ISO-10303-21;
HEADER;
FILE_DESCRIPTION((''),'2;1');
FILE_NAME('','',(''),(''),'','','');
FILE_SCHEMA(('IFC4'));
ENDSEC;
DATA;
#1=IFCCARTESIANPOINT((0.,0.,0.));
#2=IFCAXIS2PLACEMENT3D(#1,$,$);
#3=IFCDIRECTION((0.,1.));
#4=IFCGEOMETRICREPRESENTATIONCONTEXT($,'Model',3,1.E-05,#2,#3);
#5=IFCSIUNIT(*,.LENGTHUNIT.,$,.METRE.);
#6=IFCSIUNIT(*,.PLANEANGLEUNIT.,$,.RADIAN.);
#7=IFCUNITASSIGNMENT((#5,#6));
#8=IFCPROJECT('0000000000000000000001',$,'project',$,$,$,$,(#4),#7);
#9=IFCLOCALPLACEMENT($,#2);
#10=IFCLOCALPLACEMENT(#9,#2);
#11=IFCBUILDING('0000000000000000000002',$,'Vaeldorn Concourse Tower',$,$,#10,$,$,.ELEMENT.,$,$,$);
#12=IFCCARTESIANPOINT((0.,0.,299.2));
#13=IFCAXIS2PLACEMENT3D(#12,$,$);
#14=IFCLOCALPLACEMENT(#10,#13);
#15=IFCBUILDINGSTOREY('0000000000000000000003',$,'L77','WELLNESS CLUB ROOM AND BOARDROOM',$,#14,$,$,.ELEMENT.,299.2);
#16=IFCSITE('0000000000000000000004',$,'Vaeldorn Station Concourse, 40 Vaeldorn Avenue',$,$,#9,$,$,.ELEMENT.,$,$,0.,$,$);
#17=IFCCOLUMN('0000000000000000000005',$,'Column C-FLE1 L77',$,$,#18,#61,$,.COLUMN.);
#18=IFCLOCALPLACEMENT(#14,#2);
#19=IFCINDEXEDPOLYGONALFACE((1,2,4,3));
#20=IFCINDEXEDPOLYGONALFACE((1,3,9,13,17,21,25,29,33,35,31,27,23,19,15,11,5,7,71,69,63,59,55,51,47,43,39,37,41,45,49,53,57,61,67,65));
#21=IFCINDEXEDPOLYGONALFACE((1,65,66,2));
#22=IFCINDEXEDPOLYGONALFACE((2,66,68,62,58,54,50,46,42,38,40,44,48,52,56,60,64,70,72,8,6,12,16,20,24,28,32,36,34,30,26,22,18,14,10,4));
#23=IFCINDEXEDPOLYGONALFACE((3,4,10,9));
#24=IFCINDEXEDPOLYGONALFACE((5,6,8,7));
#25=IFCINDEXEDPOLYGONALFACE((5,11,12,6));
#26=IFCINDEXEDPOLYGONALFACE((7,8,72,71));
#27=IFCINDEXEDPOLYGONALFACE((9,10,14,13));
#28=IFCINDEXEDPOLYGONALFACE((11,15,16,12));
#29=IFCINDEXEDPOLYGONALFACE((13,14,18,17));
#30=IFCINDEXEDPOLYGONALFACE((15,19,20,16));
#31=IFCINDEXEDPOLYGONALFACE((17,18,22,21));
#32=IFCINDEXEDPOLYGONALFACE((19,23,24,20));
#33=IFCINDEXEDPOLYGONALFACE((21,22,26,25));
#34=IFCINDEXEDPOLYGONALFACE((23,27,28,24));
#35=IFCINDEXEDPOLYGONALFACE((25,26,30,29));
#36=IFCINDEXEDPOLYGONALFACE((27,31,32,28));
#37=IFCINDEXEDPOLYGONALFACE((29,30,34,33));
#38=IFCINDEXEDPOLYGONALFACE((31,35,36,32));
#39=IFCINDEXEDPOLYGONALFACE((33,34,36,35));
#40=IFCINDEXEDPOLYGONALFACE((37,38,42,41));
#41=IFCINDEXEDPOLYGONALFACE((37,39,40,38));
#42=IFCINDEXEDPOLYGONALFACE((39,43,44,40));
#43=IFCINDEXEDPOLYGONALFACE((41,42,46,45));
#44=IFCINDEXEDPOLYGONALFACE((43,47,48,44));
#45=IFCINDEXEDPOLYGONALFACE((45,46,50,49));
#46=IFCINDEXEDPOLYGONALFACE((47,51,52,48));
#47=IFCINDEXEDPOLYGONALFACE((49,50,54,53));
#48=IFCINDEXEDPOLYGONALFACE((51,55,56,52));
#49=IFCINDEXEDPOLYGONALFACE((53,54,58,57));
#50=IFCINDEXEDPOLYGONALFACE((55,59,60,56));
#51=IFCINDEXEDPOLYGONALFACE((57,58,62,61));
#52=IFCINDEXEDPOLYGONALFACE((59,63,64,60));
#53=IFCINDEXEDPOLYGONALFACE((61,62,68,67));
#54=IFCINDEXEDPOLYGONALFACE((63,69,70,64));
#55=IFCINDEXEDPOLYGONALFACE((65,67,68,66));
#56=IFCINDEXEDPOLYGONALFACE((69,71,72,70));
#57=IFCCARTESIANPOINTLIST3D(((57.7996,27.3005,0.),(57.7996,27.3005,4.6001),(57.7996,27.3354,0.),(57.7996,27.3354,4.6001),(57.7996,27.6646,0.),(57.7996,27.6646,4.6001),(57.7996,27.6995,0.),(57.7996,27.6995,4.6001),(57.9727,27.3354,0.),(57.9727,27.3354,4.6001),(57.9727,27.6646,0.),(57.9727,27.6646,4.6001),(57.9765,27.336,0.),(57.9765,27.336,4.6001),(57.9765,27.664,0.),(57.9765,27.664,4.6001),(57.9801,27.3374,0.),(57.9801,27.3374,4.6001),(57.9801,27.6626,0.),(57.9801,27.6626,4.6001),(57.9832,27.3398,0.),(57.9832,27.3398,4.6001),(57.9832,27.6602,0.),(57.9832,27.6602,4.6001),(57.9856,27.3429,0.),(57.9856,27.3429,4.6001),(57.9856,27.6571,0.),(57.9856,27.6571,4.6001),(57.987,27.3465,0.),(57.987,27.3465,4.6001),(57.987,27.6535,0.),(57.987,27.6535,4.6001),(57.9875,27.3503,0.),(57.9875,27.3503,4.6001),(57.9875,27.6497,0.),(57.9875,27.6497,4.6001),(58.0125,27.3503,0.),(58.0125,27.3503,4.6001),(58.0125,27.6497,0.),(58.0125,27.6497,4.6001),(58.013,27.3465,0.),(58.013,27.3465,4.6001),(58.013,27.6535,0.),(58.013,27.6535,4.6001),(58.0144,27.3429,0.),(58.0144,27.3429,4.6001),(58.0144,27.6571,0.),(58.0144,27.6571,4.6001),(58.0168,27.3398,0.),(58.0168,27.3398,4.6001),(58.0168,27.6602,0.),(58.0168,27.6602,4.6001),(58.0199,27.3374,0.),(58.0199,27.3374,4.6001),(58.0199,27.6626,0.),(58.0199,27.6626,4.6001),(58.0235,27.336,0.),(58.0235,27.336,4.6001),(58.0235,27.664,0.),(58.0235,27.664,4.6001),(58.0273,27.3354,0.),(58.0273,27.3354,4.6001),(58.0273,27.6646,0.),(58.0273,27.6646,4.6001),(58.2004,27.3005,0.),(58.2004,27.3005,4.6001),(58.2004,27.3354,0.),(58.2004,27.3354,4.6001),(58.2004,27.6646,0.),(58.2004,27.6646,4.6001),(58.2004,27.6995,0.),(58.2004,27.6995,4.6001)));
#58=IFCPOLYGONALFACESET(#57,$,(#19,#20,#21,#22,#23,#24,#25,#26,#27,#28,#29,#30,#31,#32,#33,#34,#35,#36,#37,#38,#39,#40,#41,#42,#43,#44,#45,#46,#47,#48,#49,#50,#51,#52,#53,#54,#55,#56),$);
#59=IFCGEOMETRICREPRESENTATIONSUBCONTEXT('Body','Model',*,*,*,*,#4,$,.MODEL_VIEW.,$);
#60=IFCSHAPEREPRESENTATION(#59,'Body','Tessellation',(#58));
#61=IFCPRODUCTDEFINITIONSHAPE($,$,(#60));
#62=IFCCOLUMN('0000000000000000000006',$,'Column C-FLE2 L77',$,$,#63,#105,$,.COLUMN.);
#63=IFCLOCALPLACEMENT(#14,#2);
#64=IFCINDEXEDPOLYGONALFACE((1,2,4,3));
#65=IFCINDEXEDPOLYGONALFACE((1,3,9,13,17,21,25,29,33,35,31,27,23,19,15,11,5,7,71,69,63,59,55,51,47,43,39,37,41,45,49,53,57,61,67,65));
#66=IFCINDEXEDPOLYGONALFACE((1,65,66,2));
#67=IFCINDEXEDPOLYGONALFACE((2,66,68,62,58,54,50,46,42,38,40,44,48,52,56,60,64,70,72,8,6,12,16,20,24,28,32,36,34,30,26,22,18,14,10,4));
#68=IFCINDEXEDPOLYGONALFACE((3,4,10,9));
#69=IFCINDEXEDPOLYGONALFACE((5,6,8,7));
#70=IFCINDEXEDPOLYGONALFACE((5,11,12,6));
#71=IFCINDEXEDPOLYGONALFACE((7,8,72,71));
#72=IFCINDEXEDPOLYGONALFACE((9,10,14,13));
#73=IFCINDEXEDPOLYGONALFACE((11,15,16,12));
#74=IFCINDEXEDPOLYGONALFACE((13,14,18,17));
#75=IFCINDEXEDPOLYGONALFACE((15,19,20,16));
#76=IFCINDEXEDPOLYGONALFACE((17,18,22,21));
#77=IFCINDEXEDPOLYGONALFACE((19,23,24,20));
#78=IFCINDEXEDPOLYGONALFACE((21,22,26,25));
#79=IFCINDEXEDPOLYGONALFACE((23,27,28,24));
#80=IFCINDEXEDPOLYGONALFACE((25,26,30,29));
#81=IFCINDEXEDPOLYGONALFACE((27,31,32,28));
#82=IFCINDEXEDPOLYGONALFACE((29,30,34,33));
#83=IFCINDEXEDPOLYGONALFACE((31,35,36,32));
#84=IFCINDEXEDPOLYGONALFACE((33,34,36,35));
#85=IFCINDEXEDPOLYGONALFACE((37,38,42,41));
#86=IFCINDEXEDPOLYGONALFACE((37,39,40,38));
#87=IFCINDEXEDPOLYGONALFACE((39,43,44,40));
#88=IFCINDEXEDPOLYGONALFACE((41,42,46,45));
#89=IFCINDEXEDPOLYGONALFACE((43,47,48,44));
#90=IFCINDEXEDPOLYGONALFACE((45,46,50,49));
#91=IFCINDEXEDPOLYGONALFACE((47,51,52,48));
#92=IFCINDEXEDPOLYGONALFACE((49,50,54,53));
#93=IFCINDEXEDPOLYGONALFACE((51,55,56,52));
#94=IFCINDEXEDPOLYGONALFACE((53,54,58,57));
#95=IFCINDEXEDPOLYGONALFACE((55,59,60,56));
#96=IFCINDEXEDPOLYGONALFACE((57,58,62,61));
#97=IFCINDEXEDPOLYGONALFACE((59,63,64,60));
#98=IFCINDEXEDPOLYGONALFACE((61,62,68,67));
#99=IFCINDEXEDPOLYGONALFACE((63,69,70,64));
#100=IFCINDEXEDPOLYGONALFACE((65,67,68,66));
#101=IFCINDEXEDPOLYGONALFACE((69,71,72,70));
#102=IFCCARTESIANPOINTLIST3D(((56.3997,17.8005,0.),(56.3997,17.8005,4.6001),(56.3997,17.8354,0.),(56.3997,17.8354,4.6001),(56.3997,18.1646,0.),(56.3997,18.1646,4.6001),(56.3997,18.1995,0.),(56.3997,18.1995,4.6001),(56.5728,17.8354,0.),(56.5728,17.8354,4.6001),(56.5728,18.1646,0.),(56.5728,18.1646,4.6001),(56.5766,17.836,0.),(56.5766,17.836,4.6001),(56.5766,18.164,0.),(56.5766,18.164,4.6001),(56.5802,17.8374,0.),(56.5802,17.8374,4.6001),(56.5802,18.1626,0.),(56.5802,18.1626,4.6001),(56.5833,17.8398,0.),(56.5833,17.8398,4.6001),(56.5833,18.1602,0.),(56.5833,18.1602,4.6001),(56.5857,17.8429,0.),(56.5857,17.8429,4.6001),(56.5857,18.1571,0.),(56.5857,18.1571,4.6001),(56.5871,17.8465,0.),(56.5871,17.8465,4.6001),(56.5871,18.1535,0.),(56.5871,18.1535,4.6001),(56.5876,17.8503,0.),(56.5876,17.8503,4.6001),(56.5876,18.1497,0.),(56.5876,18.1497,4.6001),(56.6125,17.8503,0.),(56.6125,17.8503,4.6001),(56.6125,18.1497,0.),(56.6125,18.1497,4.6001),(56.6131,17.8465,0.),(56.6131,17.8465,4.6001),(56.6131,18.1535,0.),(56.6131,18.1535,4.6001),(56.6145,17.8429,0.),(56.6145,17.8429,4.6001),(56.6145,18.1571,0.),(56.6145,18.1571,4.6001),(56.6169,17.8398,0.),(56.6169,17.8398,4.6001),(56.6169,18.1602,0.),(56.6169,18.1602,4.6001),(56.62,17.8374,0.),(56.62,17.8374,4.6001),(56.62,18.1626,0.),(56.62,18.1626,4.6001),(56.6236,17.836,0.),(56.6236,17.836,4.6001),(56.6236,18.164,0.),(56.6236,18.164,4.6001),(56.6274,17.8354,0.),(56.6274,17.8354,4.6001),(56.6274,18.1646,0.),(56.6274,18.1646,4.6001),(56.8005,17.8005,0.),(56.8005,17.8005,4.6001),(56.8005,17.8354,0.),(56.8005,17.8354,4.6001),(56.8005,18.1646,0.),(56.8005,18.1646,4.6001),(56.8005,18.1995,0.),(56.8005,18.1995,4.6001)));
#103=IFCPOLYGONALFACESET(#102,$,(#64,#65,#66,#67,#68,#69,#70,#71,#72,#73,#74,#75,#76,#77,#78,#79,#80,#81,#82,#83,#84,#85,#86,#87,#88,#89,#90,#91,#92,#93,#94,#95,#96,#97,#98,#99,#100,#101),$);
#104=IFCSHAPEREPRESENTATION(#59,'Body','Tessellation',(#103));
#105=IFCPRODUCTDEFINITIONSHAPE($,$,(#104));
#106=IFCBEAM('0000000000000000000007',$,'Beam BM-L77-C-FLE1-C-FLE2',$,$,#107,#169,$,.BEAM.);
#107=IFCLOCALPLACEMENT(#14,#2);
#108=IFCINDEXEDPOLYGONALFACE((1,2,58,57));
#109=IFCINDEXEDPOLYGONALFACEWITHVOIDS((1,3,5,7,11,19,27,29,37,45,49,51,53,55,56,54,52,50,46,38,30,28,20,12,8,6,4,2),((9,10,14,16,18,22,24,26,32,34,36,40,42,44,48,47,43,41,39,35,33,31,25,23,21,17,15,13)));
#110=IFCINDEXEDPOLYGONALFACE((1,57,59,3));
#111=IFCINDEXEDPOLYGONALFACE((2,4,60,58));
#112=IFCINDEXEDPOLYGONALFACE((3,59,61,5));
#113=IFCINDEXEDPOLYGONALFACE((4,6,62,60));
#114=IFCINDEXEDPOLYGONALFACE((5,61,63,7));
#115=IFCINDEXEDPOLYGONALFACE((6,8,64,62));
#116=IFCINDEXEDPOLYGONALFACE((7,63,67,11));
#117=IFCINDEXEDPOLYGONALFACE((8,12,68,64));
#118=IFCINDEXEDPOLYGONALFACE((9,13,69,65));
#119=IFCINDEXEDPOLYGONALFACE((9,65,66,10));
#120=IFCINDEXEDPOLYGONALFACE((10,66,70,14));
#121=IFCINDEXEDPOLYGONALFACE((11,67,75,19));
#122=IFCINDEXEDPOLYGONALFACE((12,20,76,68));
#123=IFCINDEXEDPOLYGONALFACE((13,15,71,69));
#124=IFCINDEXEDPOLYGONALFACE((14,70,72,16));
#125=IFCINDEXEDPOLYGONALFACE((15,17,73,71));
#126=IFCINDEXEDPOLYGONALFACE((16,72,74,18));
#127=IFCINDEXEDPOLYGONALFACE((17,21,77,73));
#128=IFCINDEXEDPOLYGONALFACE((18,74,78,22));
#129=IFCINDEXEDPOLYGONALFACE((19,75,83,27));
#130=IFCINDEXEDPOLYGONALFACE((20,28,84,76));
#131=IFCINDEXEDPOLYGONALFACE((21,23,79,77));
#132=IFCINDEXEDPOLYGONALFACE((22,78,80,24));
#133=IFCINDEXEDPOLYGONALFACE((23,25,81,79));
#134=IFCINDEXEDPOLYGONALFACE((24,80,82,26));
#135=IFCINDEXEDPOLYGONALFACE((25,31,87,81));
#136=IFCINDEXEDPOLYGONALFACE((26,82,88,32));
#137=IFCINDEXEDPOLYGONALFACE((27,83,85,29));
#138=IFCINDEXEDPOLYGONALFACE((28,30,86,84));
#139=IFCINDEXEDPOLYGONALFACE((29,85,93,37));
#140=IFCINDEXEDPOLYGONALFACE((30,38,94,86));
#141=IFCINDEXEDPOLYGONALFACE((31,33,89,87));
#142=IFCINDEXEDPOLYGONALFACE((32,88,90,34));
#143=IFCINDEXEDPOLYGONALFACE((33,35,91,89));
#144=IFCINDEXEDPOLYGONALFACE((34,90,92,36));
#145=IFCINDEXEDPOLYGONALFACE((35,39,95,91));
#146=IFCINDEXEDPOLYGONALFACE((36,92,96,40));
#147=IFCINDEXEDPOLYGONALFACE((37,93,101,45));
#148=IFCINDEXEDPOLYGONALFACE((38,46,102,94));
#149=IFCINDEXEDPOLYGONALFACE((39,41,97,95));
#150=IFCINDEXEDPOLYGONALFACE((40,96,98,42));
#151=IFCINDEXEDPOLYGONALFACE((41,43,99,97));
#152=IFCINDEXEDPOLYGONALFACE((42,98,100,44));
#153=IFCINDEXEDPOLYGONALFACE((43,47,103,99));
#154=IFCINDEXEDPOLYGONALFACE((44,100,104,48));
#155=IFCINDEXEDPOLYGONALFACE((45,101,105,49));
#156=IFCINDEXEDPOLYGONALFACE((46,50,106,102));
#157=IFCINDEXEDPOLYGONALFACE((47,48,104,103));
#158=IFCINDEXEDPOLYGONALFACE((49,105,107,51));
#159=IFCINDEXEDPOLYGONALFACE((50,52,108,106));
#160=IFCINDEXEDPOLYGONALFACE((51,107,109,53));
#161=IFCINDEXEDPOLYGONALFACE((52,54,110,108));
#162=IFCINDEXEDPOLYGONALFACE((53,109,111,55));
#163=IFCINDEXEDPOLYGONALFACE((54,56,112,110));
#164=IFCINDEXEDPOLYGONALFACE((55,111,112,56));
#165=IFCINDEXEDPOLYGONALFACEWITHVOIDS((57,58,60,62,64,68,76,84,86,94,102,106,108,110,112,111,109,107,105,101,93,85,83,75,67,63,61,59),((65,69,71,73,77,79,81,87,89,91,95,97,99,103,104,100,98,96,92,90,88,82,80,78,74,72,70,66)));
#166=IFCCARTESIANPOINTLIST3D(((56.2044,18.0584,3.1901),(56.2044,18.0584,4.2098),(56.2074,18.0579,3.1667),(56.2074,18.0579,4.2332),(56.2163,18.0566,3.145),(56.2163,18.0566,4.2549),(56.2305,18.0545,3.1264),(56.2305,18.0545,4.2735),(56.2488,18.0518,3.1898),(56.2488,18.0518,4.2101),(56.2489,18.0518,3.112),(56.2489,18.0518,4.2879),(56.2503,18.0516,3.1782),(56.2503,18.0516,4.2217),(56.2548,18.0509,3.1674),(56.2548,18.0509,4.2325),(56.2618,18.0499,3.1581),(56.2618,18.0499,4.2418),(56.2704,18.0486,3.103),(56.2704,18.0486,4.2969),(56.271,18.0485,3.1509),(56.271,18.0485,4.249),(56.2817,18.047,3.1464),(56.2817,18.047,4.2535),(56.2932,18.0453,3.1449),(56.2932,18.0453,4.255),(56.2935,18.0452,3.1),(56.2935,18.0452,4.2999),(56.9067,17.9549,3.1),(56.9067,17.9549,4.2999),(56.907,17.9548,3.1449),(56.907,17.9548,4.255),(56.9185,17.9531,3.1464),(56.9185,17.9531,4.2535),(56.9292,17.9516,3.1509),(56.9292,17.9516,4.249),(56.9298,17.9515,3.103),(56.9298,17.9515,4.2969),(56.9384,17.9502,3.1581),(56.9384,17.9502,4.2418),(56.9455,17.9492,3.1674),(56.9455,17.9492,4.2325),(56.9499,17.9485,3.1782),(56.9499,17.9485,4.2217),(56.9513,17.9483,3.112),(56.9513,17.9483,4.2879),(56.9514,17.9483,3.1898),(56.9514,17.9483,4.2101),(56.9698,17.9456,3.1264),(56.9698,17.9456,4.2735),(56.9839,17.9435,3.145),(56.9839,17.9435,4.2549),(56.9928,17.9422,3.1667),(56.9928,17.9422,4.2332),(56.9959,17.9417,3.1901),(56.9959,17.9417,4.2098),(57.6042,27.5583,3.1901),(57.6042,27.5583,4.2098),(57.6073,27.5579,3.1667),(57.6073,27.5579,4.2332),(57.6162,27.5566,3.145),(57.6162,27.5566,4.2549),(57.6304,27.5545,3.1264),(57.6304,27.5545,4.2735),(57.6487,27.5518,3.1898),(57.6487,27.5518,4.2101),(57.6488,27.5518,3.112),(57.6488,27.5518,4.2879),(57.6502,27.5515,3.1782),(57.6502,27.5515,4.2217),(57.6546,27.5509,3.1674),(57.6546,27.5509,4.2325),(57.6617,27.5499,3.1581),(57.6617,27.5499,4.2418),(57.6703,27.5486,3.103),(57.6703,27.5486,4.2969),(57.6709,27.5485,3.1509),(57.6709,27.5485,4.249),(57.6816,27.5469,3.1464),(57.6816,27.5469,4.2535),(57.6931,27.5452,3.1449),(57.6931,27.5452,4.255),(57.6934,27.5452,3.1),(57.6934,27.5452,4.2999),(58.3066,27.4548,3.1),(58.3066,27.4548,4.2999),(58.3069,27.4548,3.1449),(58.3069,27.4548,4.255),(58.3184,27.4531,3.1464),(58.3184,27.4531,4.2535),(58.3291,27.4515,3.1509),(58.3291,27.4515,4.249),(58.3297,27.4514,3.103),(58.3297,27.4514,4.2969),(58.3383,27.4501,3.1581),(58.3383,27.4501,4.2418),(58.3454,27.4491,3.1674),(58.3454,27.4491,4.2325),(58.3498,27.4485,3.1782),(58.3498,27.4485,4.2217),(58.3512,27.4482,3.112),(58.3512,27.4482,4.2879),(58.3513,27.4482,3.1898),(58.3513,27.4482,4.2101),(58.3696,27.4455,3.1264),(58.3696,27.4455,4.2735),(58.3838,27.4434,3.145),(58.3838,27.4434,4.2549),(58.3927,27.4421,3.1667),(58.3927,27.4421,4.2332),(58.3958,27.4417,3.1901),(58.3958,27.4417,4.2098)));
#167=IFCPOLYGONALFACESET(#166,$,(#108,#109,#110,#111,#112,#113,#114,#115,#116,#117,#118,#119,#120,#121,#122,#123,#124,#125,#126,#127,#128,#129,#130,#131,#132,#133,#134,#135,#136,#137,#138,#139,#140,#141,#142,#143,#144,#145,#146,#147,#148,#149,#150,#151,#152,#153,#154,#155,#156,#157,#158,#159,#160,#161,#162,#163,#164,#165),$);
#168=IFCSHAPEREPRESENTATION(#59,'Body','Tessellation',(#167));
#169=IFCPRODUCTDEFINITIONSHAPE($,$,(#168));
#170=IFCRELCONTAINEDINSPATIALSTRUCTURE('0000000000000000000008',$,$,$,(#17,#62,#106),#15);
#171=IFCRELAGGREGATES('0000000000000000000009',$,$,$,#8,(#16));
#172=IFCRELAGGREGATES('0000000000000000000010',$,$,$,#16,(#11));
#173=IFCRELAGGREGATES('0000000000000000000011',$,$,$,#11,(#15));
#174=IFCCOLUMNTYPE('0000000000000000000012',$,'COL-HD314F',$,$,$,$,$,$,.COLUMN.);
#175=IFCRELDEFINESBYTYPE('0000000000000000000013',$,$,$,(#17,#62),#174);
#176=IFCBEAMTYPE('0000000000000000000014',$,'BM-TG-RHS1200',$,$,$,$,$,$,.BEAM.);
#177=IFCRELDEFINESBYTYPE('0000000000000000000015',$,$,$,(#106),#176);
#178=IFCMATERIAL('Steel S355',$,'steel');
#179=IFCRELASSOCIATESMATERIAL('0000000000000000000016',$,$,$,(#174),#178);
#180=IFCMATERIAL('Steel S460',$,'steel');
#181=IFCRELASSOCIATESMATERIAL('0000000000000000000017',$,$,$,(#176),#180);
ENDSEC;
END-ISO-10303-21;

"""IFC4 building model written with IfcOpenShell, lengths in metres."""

from ifc_helpers import new_model, si_unit, direction, frame, origin, origin_2d, place, context, subcontext, project, spatial, hollow_rectangle, i_section, extrude, source, transform, mapped, material, material_profile, profile_set, type_object, element, save


model = new_model("IFC4")

# Units and contexts
model_context = context("Model", 3, precision=1e-05, world=origin(), true_north=direction((0.0, 1.0)))
body_context = subcontext(model_context, "Body", "Model", "MODEL_VIEW")
ifc_project = project(units=[si_unit("LENGTHUNIT", "METRE"), si_unit("PLANEANGLEUNIT", "RADIAN")], contexts=[model_context])

# Site, building, storey
site_placement = place(None, origin())
site = spatial("IfcSite", under=ifc_project, at=site_placement, Name="Vaeldorn Station Concourse, 40 Vaeldorn Avenue", CompositionType="ELEMENT", RefElevation=0.0)
building_placement = place(site_placement, origin())
building = spatial("IfcBuilding", under=site, at=building_placement, Name="Vaeldorn Concourse Tower", CompositionType="ELEMENT")
storey_placement = place(building_placement, frame((0.0, 0.0, 299.2)))
storey = spatial("IfcBuildingStorey", under=building, at=storey_placement, Name="L77", Description="WELLNESS CLUB ROOM AND BOARDROOM", CompositionType="ELEMENT", Elevation=299.2)

# Columns
ifc_material_1 = material(Name="Steel S355", Category="steel")
ifc_material_profile_1 = material_profile(ifc_material_1, i_section(OverallWidth=0.4009, OverallDepth=0.3989, WebThickness=0.0249, FlangeThickness=0.0349, FilletRadius=0.0149, at=origin_2d()), Name="HD 400x314")
ifc_profile_set_1 = profile_set([ifc_material_profile_1], Name="Steel S355")
column_type = type_object("IfcColumnType", Name="COL-HD314F", PredefinedType="COLUMN", material=ifc_profile_set_1)
shared_shape_1 = source(origin(), body_context, "Body", "SweptSolid", [
    extrude(i_section(OverallWidth=0.4009, OverallDepth=0.3989, WebThickness=0.0249, FlangeThickness=0.0349, FilletRadius=0.0149, at=origin_2d()), origin(), (0.0, 0.0, 1.0), 4.6001),
])
for number, where, z_axis, x_axis, name in (
    (1, (58.0, 27.5, 0.0), (0.0, 0.0, 1.0), (1.0, 0.0, 0.0), "Column C-FLE1 L77"),
    (2, (56.6001, 18.0, 0.0), (0.0, 0.0, 1.0), (1.0, 0.0, 0.0), "Column C-FLE2 L77"),
):
    element("IfcColumn", number, at=place(storey_placement, frame(where, z_axis=z_axis, x_axis=x_axis)), inside=storey, type_object=column_type, Name=name, PredefinedType="COLUMN", context=body_context, shape_type="MappedRepresentation", body=[
        mapped(shared_shape_1, transform((0.0, 0.0, 0.0), scale=1.0)),
    ])

# Beam
ifc_material_2 = material(Name="Steel S460", Category="steel")
ifc_material_profile_2 = material_profile(ifc_material_2, hollow_rectangle(XDim=0.8, YDim=1.2, WallThickness=0.0449, InnerFilletRadius=0.0449, OuterFilletRadius=0.0901, at=origin_2d()), Name="RHS 1200x800x45")
ifc_profile_set_2 = profile_set([ifc_material_profile_2], Name="Steel S460")
beam_type_1 = type_object("IfcBeamType", Name="BM-TG-RHS1200", PredefinedType="BEAM", material=ifc_profile_set_2)
shared_shape_2 = source(origin(), body_context, "Body", "SweptSolid", [
    extrude(hollow_rectangle(XDim=0.8, YDim=1.2, WallThickness=0.0449, InnerFilletRadius=0.0449, OuterFilletRadius=0.0901, at=origin_2d()), origin(), (0.0, 0.0, 1.0), 9.6025),
])
beam_1_placement = place(storey_placement, frame((58.0, 27.5, 3.7), z_axis=(-0.145784, -0.989316, 0.0), x_axis=(0.989316, -0.145784, 0.0)))
element("IfcBeam", 3, at=beam_1_placement, inside=storey, type_object=beam_type_1, Name="Beam BM-L77-C-FLE1-C-FLE2", PredefinedType="BEAM", context=body_context, shape_type="MappedRepresentation", body=[
    mapped(shared_shape_2, transform((0.0, 0.0, 0.0), scale=1.0)),
])

save(model, "model.ifc")
